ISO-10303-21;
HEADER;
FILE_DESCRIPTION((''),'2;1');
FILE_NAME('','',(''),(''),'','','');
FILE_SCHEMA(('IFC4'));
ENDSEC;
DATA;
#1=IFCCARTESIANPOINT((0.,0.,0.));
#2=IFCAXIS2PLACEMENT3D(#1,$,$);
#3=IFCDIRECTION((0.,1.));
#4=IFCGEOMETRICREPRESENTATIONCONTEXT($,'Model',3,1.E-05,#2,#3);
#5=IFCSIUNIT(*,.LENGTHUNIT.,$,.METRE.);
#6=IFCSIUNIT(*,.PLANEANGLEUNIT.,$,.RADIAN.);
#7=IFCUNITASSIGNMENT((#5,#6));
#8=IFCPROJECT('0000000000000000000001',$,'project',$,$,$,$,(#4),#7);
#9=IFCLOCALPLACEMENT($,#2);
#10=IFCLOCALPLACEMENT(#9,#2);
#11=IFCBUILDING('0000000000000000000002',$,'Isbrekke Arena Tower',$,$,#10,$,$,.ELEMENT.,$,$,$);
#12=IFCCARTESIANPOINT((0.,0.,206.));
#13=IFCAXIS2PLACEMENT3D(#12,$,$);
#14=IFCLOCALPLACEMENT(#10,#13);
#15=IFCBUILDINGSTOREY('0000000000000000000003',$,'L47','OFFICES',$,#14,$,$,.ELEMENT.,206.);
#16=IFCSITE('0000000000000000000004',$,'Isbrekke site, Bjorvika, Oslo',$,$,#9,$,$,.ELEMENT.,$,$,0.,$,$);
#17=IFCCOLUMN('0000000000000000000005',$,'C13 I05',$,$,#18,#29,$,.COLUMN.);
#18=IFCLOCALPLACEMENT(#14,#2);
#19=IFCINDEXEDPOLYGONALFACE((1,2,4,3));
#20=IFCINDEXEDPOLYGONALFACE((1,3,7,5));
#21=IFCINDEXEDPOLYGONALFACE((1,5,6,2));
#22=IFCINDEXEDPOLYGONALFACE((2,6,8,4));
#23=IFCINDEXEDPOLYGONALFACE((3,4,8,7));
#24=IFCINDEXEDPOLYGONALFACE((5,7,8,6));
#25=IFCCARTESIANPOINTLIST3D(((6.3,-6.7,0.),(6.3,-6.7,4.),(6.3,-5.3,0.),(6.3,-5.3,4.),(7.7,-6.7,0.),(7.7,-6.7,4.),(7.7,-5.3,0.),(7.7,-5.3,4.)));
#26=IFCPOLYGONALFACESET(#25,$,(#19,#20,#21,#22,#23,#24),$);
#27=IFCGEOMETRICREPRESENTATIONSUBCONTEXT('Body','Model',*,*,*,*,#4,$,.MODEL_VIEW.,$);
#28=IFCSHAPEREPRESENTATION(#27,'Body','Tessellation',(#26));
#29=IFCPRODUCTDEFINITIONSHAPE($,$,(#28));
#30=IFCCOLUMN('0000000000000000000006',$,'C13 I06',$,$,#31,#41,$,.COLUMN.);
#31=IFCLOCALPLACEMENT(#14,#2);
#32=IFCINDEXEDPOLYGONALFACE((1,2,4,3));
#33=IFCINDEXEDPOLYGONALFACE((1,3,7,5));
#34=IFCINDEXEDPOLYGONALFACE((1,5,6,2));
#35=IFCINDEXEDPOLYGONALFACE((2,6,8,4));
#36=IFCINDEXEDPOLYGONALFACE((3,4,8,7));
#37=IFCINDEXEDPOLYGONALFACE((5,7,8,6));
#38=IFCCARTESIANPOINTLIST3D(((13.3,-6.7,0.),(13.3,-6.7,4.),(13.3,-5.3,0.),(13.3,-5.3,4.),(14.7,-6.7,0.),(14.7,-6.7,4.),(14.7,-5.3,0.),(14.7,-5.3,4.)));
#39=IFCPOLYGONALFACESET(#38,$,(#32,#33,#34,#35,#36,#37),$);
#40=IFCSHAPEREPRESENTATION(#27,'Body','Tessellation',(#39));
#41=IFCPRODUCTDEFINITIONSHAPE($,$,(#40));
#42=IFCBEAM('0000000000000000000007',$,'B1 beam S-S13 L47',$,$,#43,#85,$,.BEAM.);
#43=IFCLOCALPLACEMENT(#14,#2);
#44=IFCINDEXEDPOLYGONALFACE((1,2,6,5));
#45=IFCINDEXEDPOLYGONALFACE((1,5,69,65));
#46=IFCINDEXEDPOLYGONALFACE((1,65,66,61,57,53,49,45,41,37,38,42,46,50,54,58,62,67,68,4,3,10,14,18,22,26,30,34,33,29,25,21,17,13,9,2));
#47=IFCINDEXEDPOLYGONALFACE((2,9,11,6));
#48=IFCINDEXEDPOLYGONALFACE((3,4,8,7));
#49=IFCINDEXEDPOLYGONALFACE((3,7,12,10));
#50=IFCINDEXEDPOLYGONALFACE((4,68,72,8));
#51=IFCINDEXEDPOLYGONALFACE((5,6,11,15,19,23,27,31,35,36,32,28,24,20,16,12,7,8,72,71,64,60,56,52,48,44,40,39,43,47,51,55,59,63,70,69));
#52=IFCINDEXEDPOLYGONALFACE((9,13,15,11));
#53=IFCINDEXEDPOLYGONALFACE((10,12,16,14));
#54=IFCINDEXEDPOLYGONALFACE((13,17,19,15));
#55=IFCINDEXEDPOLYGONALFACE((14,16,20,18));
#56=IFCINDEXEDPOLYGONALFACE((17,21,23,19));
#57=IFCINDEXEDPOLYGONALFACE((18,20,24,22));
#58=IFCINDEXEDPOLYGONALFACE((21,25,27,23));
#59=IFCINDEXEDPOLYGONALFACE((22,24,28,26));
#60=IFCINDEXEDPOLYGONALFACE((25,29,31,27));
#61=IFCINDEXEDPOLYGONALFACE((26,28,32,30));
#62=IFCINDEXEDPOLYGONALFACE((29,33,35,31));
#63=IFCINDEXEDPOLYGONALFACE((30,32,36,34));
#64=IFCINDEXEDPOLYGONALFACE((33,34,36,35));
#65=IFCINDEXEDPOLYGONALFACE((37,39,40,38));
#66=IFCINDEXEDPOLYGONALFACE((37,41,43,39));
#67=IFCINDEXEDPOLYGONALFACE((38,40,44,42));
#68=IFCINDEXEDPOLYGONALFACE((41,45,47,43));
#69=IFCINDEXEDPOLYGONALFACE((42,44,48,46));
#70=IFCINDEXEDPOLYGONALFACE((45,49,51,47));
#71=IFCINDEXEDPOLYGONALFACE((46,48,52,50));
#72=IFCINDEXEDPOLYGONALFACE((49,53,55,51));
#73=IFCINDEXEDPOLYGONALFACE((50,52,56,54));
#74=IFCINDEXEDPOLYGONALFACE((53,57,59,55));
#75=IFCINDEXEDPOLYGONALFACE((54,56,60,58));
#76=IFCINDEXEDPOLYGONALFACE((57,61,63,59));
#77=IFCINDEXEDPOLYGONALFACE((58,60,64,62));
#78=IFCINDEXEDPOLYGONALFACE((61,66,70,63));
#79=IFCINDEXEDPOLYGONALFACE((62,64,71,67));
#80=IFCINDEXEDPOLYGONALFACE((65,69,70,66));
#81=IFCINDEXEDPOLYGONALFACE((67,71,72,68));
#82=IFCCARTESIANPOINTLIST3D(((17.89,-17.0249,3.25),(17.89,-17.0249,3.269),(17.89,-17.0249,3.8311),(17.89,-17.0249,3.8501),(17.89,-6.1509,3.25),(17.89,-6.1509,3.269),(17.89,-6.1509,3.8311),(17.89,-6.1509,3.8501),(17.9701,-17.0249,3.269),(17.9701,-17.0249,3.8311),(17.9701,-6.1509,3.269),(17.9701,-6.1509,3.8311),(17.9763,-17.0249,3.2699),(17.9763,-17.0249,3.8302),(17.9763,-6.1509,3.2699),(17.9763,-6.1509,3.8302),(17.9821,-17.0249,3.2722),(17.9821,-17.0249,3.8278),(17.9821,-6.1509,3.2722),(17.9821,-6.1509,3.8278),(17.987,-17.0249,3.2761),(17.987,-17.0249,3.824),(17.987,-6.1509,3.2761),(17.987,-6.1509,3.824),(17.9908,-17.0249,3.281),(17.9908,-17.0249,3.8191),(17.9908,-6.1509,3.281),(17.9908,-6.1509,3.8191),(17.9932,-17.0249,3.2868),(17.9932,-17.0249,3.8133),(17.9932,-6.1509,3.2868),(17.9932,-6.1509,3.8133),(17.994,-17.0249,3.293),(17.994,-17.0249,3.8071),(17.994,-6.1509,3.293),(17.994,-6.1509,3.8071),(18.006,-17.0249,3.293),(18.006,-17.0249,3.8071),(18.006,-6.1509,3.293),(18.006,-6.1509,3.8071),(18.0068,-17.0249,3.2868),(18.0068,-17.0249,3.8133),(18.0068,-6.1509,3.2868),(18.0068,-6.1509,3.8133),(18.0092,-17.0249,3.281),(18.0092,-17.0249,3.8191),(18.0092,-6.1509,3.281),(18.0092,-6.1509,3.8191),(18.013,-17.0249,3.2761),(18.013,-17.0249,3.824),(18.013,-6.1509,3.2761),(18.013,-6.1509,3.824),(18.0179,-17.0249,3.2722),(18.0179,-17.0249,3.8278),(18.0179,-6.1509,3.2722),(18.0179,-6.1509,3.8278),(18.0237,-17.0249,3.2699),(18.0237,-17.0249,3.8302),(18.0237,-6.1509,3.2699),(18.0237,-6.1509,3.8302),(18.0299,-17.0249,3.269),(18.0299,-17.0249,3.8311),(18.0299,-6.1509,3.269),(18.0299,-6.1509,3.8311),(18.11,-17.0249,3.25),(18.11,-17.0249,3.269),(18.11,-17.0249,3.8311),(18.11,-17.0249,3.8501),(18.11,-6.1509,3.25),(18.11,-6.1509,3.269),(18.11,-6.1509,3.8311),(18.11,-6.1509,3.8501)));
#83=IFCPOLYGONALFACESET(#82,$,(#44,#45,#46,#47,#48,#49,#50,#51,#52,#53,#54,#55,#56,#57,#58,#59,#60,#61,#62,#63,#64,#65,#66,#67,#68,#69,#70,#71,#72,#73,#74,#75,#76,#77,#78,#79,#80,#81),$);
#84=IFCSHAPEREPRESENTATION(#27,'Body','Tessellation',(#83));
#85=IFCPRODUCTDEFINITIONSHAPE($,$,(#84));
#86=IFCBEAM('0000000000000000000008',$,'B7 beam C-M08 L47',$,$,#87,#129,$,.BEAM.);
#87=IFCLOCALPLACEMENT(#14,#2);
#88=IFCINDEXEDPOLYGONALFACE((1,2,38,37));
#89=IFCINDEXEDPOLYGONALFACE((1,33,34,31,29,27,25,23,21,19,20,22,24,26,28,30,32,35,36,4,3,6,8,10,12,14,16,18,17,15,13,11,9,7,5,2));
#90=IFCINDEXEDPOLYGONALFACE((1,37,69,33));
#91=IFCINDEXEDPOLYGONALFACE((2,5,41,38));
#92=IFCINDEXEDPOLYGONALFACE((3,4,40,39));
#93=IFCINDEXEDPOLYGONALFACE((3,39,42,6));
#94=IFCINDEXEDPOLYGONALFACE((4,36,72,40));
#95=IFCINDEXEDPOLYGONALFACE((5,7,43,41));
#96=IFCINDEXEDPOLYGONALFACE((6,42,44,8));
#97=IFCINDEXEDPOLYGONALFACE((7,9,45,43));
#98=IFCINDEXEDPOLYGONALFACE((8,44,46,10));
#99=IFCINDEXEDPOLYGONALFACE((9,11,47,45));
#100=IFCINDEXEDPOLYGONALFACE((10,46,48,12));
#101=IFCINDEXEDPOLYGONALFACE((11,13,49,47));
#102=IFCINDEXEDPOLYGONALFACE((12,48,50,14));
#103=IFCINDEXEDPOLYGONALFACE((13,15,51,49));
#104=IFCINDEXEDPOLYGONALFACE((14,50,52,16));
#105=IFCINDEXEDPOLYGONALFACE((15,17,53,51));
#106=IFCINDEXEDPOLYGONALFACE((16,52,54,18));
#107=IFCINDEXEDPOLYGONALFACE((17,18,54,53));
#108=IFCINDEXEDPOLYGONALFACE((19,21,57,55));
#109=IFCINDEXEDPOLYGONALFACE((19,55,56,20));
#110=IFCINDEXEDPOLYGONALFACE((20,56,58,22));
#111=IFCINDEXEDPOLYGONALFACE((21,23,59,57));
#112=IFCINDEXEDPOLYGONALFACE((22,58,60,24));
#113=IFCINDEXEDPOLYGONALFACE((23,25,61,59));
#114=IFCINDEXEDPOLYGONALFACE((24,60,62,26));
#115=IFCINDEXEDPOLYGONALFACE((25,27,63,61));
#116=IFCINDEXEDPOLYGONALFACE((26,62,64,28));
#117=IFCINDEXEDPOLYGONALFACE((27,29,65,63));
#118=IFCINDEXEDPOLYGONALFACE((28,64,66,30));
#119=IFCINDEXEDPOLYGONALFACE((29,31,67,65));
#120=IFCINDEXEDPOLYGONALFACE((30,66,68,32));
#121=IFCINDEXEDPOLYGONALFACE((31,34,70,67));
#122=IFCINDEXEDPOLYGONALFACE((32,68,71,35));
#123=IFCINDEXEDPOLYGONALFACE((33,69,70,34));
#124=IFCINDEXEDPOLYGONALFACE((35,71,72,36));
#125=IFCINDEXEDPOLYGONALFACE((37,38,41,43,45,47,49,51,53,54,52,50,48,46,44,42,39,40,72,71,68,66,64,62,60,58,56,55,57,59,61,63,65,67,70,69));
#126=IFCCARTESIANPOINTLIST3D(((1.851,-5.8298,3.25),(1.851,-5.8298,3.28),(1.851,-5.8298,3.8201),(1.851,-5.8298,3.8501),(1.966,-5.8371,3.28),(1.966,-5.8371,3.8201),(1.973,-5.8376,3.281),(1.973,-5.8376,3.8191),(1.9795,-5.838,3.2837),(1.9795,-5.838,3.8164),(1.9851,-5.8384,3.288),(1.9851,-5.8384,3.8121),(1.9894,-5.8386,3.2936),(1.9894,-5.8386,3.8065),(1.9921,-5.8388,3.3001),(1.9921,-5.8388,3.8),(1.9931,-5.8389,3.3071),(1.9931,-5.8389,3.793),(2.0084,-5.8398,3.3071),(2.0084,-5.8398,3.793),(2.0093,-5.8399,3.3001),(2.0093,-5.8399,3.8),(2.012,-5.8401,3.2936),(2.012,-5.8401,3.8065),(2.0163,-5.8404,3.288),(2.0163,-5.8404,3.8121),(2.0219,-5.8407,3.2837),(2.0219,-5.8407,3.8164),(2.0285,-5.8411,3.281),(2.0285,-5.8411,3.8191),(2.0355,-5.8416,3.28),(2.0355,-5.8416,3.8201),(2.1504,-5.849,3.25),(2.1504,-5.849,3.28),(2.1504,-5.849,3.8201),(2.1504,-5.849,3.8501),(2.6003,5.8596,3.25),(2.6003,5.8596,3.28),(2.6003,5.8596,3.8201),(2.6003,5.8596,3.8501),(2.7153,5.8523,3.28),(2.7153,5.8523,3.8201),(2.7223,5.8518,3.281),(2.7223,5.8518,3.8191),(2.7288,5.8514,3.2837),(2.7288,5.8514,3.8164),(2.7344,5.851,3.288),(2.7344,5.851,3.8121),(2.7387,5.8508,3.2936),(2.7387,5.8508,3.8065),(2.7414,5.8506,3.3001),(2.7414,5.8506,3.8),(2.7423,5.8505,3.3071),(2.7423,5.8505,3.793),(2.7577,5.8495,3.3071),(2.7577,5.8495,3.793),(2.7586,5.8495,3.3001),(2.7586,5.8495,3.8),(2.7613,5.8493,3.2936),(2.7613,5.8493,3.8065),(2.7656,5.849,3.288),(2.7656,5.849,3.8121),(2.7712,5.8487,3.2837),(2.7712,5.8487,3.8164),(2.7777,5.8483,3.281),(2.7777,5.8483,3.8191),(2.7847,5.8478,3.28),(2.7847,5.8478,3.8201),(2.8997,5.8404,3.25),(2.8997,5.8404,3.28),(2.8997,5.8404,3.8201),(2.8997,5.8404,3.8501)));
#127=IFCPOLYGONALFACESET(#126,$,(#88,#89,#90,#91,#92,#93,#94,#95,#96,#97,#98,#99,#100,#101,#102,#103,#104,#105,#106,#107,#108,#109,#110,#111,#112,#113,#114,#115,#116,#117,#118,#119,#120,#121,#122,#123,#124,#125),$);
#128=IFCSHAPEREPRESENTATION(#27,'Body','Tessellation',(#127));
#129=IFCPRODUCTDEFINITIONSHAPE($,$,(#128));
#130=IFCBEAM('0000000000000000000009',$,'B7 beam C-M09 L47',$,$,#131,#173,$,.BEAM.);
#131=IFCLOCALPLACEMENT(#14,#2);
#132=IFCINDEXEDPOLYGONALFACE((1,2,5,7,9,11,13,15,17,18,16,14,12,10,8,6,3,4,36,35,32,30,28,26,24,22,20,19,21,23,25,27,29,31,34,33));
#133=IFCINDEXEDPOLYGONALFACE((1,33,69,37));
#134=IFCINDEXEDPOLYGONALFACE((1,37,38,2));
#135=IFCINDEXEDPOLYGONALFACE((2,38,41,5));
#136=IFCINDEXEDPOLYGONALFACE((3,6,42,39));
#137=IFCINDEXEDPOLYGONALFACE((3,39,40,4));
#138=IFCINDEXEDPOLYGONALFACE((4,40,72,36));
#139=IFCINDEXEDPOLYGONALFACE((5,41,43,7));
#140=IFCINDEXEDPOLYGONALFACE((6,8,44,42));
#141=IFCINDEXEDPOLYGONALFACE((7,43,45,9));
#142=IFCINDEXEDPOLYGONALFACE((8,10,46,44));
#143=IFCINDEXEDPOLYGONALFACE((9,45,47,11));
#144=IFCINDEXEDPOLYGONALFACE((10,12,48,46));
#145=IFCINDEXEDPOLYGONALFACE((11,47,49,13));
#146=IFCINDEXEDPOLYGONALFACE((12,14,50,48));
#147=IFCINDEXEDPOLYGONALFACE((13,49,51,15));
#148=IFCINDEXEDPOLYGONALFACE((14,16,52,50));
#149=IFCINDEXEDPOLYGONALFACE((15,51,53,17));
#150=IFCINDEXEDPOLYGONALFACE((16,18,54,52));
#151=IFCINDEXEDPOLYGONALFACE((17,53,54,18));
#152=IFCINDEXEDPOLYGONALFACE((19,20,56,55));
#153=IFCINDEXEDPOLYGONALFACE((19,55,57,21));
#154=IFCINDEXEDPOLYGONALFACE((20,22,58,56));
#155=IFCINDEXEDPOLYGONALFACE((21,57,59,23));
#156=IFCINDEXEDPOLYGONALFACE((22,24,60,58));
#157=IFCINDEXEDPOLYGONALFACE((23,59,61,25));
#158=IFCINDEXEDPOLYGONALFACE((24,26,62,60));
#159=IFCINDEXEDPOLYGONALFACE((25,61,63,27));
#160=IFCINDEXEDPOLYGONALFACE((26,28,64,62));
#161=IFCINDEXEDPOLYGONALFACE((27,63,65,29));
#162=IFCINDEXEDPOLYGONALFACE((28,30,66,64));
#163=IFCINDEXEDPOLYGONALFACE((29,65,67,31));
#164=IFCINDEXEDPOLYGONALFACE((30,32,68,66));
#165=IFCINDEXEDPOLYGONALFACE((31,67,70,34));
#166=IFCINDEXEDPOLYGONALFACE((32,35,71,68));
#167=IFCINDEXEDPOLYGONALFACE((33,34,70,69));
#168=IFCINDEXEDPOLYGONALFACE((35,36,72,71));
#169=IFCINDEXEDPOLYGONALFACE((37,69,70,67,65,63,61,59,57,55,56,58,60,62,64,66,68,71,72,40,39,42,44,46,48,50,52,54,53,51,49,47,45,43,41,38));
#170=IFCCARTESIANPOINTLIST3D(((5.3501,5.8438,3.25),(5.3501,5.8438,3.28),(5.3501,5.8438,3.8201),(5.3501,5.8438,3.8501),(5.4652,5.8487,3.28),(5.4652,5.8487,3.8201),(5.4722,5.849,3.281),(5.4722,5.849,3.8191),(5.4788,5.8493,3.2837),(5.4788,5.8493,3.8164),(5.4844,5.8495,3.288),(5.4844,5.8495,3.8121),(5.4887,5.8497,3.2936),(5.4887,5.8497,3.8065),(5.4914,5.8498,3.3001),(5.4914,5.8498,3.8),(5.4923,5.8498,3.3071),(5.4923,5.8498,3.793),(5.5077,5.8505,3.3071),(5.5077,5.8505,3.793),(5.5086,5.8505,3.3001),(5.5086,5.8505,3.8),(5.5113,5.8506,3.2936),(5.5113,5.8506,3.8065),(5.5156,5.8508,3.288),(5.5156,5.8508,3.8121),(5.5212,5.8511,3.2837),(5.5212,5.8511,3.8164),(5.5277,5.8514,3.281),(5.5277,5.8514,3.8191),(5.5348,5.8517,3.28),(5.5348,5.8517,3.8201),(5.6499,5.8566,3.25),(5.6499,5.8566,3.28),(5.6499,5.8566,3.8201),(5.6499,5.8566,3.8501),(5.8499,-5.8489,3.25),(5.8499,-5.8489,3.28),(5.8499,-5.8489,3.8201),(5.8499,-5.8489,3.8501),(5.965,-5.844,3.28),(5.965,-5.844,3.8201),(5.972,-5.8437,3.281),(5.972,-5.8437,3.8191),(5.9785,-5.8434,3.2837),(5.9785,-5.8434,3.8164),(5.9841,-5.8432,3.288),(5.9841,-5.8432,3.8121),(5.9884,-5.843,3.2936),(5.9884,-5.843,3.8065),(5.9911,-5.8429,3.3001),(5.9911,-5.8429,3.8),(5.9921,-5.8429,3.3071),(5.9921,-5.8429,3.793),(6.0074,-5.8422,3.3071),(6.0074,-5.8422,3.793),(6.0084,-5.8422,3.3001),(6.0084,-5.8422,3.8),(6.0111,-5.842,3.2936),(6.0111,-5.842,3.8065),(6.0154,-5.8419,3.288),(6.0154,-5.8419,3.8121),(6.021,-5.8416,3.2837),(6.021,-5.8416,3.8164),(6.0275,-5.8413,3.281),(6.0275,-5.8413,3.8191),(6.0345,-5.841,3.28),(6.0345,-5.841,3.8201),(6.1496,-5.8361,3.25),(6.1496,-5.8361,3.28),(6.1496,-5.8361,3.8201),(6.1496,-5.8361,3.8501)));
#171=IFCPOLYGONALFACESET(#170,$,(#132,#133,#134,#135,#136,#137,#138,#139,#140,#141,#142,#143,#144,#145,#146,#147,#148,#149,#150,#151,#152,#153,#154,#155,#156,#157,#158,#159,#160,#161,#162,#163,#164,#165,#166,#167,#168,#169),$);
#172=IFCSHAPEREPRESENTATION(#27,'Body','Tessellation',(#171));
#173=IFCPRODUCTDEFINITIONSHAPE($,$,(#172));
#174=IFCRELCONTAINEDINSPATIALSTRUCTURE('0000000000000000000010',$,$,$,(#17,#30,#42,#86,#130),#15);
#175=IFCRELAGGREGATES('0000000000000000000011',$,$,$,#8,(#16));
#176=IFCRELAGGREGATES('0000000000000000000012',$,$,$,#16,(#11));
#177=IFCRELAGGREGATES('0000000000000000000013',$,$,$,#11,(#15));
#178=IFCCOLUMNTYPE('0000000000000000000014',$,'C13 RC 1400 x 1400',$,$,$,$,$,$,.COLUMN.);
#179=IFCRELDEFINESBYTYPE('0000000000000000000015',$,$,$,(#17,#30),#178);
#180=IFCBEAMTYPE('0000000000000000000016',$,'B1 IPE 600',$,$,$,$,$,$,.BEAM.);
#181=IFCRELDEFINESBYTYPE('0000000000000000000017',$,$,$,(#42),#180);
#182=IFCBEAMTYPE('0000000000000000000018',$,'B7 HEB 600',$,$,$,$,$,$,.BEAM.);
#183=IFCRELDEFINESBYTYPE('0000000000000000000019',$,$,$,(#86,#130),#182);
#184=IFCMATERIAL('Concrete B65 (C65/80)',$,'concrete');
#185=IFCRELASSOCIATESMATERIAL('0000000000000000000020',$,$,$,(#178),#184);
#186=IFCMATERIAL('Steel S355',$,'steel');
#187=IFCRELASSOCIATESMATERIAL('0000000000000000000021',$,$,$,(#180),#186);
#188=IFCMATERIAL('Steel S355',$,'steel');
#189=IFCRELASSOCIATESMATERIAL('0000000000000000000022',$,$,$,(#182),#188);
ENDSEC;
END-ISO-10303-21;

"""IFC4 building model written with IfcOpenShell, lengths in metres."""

from ifc_helpers import new_model, si_unit, direction, frame, origin, origin_2d, place, context, subcontext, project, spatial, rectangle, i_section, extrude, material, material_profile, profile_set, type_object, element, save


model = new_model("IFC4")

# Units and contexts
model_context = context("Model", 3, precision=1e-05, world=origin(), true_north=direction((0.0, 1.0)))
body_context = subcontext(model_context, "Body", "Model", "MODEL_VIEW")
ifc_project = project(units=[si_unit("LENGTHUNIT", "METRE"), si_unit("PLANEANGLEUNIT", "RADIAN")], contexts=[model_context])

# Site, building, storey
site_placement = place(None, origin())
site = spatial("IfcSite", under=ifc_project, at=site_placement, Name="Isbrekke site, Bjorvika, Oslo", CompositionType="ELEMENT", RefElevation=0.0)
building_placement = place(site_placement, origin())
building = spatial("IfcBuilding", under=site, at=building_placement, Name="Isbrekke Arena Tower", CompositionType="ELEMENT")
storey_placement = place(building_placement, frame((0.0, 0.0, 206.0)))
storey = spatial("IfcBuildingStorey", under=building, at=storey_placement, Name="L47", Description="OFFICES", CompositionType="ELEMENT", Elevation=206.0)

# Columns
ifc_material_1 = material(Name="Concrete B65 (C65/80)", Category="concrete")
ifc_material_profile_1 = material_profile(ifc_material_1, rectangle(XDim=1.3999, YDim=1.3999, at=origin_2d()), Name="RC 1400x1400")
ifc_profile_set_1 = profile_set([ifc_material_profile_1], Name="Concrete B65 (C65/80)")
column_type = type_object("IfcColumnType", Name="C13 RC 1400 x 1400", PredefinedType="COLUMN", material=ifc_profile_set_1)
for number, where, z_axis, x_axis, name in (
    (1, (7.0, -6.0, 0.0), (0.0, 0.0, 1.0), (1.0, 0.0, 0.0), "C13 I05"),
    (2, (14.0, -6.0, 0.0), (0.0, 0.0, 1.0), (1.0, 0.0, 0.0), "C13 I06"),
):
    element("IfcColumn", number, at=place(storey_placement, frame(where, z_axis=z_axis, x_axis=x_axis)), inside=storey, type_object=column_type, Name=name, PredefinedType="COLUMN", context=body_context, shape_type="SweptSolid", body=[
        extrude(rectangle(XDim=1.3999, YDim=1.3999, at=origin_2d()), origin(), (0.0, 0.0, 1.0), 4.0),
    ])

# Beams
ifc_material_2 = material(Name="Steel S355", Category="steel")
ifc_material_profile_2 = material_profile(ifc_material_2, i_section(OverallWidth=0.22, OverallDepth=0.6001, WebThickness=0.012, FlangeThickness=0.019, FilletRadius=0.0239, at=origin_2d()), Name="IPE 600")
ifc_profile_set_2 = profile_set([ifc_material_profile_2], Name="Steel S355")
beam_type_1 = type_object("IfcBeamType", Name="B1 IPE 600", PredefinedType="BEAM", material=ifc_profile_set_2)
beam_1_placement = place(storey_placement, frame((18.0, -17.0249, 3.55), z_axis=(0.0, 1.0, 0.0), x_axis=(-1.0, 0.0, 0.0)))
element("IfcBeam", 3, at=beam_1_placement, inside=storey, type_object=beam_type_1, Name="B1 beam S-S13 L47", PredefinedType="BEAM", context=body_context, shape_type="SweptSolid", body=[
    extrude(i_section(OverallWidth=0.22, OverallDepth=0.6001, WebThickness=0.012, FlangeThickness=0.019, FilletRadius=0.0239, at=origin_2d()), origin(), (0.0, 0.0, 1.0), 10.874),
])
ifc_material_3 = material(Name="Steel S355", Category="steel")
ifc_material_profile_3 = material_profile(ifc_material_3, i_section(OverallWidth=0.3, OverallDepth=0.6001, WebThickness=0.0154, FlangeThickness=0.03, FilletRadius=0.0271, at=origin_2d()), Name="HEB 600")
ifc_profile_set_3 = profile_set([ifc_material_profile_3], Name="Steel S355")
beam_type_2 = type_object("IfcBeamType", Name="B7 HEB 600", PredefinedType="BEAM", material=ifc_profile_set_3)
beam_2_placement = place(storey_placement, frame((2.0007, -5.8394, 3.55), z_axis=(0.063966, 0.997952, 0.0), x_axis=(-0.997952, 0.063966, 0.0)))
element("IfcBeam", 4, at=beam_2_placement, inside=storey, type_object=beam_type_2, Name="B7 beam C-M08 L47", PredefinedType="BEAM", context=body_context, shape_type="SweptSolid", body=[
    extrude(i_section(OverallWidth=0.3, OverallDepth=0.6001, WebThickness=0.0154, FlangeThickness=0.03, FilletRadius=0.0271, at=origin_2d()), origin(), (0.0, 0.0, 1.0), 11.7134),
])
beam_3_placement = place(storey_placement, frame((5.9998, -5.8425, 3.55), z_axis=(-0.042702, 0.999088, 0.0), x_axis=(-0.999088, -0.042702, 0.0)))
element("IfcBeam", 5, at=beam_3_placement, inside=storey, type_object=beam_type_2, Name="B7 beam C-M09 L47", PredefinedType="BEAM", context=body_context, shape_type="SweptSolid", body=[
    extrude(i_section(OverallWidth=0.3, OverallDepth=0.6001, WebThickness=0.0154, FlangeThickness=0.03, FilletRadius=0.0271, at=origin_2d()), origin(), (0.0, 0.0, 1.0), 11.7034),
])

save(model, "model.ifc")
